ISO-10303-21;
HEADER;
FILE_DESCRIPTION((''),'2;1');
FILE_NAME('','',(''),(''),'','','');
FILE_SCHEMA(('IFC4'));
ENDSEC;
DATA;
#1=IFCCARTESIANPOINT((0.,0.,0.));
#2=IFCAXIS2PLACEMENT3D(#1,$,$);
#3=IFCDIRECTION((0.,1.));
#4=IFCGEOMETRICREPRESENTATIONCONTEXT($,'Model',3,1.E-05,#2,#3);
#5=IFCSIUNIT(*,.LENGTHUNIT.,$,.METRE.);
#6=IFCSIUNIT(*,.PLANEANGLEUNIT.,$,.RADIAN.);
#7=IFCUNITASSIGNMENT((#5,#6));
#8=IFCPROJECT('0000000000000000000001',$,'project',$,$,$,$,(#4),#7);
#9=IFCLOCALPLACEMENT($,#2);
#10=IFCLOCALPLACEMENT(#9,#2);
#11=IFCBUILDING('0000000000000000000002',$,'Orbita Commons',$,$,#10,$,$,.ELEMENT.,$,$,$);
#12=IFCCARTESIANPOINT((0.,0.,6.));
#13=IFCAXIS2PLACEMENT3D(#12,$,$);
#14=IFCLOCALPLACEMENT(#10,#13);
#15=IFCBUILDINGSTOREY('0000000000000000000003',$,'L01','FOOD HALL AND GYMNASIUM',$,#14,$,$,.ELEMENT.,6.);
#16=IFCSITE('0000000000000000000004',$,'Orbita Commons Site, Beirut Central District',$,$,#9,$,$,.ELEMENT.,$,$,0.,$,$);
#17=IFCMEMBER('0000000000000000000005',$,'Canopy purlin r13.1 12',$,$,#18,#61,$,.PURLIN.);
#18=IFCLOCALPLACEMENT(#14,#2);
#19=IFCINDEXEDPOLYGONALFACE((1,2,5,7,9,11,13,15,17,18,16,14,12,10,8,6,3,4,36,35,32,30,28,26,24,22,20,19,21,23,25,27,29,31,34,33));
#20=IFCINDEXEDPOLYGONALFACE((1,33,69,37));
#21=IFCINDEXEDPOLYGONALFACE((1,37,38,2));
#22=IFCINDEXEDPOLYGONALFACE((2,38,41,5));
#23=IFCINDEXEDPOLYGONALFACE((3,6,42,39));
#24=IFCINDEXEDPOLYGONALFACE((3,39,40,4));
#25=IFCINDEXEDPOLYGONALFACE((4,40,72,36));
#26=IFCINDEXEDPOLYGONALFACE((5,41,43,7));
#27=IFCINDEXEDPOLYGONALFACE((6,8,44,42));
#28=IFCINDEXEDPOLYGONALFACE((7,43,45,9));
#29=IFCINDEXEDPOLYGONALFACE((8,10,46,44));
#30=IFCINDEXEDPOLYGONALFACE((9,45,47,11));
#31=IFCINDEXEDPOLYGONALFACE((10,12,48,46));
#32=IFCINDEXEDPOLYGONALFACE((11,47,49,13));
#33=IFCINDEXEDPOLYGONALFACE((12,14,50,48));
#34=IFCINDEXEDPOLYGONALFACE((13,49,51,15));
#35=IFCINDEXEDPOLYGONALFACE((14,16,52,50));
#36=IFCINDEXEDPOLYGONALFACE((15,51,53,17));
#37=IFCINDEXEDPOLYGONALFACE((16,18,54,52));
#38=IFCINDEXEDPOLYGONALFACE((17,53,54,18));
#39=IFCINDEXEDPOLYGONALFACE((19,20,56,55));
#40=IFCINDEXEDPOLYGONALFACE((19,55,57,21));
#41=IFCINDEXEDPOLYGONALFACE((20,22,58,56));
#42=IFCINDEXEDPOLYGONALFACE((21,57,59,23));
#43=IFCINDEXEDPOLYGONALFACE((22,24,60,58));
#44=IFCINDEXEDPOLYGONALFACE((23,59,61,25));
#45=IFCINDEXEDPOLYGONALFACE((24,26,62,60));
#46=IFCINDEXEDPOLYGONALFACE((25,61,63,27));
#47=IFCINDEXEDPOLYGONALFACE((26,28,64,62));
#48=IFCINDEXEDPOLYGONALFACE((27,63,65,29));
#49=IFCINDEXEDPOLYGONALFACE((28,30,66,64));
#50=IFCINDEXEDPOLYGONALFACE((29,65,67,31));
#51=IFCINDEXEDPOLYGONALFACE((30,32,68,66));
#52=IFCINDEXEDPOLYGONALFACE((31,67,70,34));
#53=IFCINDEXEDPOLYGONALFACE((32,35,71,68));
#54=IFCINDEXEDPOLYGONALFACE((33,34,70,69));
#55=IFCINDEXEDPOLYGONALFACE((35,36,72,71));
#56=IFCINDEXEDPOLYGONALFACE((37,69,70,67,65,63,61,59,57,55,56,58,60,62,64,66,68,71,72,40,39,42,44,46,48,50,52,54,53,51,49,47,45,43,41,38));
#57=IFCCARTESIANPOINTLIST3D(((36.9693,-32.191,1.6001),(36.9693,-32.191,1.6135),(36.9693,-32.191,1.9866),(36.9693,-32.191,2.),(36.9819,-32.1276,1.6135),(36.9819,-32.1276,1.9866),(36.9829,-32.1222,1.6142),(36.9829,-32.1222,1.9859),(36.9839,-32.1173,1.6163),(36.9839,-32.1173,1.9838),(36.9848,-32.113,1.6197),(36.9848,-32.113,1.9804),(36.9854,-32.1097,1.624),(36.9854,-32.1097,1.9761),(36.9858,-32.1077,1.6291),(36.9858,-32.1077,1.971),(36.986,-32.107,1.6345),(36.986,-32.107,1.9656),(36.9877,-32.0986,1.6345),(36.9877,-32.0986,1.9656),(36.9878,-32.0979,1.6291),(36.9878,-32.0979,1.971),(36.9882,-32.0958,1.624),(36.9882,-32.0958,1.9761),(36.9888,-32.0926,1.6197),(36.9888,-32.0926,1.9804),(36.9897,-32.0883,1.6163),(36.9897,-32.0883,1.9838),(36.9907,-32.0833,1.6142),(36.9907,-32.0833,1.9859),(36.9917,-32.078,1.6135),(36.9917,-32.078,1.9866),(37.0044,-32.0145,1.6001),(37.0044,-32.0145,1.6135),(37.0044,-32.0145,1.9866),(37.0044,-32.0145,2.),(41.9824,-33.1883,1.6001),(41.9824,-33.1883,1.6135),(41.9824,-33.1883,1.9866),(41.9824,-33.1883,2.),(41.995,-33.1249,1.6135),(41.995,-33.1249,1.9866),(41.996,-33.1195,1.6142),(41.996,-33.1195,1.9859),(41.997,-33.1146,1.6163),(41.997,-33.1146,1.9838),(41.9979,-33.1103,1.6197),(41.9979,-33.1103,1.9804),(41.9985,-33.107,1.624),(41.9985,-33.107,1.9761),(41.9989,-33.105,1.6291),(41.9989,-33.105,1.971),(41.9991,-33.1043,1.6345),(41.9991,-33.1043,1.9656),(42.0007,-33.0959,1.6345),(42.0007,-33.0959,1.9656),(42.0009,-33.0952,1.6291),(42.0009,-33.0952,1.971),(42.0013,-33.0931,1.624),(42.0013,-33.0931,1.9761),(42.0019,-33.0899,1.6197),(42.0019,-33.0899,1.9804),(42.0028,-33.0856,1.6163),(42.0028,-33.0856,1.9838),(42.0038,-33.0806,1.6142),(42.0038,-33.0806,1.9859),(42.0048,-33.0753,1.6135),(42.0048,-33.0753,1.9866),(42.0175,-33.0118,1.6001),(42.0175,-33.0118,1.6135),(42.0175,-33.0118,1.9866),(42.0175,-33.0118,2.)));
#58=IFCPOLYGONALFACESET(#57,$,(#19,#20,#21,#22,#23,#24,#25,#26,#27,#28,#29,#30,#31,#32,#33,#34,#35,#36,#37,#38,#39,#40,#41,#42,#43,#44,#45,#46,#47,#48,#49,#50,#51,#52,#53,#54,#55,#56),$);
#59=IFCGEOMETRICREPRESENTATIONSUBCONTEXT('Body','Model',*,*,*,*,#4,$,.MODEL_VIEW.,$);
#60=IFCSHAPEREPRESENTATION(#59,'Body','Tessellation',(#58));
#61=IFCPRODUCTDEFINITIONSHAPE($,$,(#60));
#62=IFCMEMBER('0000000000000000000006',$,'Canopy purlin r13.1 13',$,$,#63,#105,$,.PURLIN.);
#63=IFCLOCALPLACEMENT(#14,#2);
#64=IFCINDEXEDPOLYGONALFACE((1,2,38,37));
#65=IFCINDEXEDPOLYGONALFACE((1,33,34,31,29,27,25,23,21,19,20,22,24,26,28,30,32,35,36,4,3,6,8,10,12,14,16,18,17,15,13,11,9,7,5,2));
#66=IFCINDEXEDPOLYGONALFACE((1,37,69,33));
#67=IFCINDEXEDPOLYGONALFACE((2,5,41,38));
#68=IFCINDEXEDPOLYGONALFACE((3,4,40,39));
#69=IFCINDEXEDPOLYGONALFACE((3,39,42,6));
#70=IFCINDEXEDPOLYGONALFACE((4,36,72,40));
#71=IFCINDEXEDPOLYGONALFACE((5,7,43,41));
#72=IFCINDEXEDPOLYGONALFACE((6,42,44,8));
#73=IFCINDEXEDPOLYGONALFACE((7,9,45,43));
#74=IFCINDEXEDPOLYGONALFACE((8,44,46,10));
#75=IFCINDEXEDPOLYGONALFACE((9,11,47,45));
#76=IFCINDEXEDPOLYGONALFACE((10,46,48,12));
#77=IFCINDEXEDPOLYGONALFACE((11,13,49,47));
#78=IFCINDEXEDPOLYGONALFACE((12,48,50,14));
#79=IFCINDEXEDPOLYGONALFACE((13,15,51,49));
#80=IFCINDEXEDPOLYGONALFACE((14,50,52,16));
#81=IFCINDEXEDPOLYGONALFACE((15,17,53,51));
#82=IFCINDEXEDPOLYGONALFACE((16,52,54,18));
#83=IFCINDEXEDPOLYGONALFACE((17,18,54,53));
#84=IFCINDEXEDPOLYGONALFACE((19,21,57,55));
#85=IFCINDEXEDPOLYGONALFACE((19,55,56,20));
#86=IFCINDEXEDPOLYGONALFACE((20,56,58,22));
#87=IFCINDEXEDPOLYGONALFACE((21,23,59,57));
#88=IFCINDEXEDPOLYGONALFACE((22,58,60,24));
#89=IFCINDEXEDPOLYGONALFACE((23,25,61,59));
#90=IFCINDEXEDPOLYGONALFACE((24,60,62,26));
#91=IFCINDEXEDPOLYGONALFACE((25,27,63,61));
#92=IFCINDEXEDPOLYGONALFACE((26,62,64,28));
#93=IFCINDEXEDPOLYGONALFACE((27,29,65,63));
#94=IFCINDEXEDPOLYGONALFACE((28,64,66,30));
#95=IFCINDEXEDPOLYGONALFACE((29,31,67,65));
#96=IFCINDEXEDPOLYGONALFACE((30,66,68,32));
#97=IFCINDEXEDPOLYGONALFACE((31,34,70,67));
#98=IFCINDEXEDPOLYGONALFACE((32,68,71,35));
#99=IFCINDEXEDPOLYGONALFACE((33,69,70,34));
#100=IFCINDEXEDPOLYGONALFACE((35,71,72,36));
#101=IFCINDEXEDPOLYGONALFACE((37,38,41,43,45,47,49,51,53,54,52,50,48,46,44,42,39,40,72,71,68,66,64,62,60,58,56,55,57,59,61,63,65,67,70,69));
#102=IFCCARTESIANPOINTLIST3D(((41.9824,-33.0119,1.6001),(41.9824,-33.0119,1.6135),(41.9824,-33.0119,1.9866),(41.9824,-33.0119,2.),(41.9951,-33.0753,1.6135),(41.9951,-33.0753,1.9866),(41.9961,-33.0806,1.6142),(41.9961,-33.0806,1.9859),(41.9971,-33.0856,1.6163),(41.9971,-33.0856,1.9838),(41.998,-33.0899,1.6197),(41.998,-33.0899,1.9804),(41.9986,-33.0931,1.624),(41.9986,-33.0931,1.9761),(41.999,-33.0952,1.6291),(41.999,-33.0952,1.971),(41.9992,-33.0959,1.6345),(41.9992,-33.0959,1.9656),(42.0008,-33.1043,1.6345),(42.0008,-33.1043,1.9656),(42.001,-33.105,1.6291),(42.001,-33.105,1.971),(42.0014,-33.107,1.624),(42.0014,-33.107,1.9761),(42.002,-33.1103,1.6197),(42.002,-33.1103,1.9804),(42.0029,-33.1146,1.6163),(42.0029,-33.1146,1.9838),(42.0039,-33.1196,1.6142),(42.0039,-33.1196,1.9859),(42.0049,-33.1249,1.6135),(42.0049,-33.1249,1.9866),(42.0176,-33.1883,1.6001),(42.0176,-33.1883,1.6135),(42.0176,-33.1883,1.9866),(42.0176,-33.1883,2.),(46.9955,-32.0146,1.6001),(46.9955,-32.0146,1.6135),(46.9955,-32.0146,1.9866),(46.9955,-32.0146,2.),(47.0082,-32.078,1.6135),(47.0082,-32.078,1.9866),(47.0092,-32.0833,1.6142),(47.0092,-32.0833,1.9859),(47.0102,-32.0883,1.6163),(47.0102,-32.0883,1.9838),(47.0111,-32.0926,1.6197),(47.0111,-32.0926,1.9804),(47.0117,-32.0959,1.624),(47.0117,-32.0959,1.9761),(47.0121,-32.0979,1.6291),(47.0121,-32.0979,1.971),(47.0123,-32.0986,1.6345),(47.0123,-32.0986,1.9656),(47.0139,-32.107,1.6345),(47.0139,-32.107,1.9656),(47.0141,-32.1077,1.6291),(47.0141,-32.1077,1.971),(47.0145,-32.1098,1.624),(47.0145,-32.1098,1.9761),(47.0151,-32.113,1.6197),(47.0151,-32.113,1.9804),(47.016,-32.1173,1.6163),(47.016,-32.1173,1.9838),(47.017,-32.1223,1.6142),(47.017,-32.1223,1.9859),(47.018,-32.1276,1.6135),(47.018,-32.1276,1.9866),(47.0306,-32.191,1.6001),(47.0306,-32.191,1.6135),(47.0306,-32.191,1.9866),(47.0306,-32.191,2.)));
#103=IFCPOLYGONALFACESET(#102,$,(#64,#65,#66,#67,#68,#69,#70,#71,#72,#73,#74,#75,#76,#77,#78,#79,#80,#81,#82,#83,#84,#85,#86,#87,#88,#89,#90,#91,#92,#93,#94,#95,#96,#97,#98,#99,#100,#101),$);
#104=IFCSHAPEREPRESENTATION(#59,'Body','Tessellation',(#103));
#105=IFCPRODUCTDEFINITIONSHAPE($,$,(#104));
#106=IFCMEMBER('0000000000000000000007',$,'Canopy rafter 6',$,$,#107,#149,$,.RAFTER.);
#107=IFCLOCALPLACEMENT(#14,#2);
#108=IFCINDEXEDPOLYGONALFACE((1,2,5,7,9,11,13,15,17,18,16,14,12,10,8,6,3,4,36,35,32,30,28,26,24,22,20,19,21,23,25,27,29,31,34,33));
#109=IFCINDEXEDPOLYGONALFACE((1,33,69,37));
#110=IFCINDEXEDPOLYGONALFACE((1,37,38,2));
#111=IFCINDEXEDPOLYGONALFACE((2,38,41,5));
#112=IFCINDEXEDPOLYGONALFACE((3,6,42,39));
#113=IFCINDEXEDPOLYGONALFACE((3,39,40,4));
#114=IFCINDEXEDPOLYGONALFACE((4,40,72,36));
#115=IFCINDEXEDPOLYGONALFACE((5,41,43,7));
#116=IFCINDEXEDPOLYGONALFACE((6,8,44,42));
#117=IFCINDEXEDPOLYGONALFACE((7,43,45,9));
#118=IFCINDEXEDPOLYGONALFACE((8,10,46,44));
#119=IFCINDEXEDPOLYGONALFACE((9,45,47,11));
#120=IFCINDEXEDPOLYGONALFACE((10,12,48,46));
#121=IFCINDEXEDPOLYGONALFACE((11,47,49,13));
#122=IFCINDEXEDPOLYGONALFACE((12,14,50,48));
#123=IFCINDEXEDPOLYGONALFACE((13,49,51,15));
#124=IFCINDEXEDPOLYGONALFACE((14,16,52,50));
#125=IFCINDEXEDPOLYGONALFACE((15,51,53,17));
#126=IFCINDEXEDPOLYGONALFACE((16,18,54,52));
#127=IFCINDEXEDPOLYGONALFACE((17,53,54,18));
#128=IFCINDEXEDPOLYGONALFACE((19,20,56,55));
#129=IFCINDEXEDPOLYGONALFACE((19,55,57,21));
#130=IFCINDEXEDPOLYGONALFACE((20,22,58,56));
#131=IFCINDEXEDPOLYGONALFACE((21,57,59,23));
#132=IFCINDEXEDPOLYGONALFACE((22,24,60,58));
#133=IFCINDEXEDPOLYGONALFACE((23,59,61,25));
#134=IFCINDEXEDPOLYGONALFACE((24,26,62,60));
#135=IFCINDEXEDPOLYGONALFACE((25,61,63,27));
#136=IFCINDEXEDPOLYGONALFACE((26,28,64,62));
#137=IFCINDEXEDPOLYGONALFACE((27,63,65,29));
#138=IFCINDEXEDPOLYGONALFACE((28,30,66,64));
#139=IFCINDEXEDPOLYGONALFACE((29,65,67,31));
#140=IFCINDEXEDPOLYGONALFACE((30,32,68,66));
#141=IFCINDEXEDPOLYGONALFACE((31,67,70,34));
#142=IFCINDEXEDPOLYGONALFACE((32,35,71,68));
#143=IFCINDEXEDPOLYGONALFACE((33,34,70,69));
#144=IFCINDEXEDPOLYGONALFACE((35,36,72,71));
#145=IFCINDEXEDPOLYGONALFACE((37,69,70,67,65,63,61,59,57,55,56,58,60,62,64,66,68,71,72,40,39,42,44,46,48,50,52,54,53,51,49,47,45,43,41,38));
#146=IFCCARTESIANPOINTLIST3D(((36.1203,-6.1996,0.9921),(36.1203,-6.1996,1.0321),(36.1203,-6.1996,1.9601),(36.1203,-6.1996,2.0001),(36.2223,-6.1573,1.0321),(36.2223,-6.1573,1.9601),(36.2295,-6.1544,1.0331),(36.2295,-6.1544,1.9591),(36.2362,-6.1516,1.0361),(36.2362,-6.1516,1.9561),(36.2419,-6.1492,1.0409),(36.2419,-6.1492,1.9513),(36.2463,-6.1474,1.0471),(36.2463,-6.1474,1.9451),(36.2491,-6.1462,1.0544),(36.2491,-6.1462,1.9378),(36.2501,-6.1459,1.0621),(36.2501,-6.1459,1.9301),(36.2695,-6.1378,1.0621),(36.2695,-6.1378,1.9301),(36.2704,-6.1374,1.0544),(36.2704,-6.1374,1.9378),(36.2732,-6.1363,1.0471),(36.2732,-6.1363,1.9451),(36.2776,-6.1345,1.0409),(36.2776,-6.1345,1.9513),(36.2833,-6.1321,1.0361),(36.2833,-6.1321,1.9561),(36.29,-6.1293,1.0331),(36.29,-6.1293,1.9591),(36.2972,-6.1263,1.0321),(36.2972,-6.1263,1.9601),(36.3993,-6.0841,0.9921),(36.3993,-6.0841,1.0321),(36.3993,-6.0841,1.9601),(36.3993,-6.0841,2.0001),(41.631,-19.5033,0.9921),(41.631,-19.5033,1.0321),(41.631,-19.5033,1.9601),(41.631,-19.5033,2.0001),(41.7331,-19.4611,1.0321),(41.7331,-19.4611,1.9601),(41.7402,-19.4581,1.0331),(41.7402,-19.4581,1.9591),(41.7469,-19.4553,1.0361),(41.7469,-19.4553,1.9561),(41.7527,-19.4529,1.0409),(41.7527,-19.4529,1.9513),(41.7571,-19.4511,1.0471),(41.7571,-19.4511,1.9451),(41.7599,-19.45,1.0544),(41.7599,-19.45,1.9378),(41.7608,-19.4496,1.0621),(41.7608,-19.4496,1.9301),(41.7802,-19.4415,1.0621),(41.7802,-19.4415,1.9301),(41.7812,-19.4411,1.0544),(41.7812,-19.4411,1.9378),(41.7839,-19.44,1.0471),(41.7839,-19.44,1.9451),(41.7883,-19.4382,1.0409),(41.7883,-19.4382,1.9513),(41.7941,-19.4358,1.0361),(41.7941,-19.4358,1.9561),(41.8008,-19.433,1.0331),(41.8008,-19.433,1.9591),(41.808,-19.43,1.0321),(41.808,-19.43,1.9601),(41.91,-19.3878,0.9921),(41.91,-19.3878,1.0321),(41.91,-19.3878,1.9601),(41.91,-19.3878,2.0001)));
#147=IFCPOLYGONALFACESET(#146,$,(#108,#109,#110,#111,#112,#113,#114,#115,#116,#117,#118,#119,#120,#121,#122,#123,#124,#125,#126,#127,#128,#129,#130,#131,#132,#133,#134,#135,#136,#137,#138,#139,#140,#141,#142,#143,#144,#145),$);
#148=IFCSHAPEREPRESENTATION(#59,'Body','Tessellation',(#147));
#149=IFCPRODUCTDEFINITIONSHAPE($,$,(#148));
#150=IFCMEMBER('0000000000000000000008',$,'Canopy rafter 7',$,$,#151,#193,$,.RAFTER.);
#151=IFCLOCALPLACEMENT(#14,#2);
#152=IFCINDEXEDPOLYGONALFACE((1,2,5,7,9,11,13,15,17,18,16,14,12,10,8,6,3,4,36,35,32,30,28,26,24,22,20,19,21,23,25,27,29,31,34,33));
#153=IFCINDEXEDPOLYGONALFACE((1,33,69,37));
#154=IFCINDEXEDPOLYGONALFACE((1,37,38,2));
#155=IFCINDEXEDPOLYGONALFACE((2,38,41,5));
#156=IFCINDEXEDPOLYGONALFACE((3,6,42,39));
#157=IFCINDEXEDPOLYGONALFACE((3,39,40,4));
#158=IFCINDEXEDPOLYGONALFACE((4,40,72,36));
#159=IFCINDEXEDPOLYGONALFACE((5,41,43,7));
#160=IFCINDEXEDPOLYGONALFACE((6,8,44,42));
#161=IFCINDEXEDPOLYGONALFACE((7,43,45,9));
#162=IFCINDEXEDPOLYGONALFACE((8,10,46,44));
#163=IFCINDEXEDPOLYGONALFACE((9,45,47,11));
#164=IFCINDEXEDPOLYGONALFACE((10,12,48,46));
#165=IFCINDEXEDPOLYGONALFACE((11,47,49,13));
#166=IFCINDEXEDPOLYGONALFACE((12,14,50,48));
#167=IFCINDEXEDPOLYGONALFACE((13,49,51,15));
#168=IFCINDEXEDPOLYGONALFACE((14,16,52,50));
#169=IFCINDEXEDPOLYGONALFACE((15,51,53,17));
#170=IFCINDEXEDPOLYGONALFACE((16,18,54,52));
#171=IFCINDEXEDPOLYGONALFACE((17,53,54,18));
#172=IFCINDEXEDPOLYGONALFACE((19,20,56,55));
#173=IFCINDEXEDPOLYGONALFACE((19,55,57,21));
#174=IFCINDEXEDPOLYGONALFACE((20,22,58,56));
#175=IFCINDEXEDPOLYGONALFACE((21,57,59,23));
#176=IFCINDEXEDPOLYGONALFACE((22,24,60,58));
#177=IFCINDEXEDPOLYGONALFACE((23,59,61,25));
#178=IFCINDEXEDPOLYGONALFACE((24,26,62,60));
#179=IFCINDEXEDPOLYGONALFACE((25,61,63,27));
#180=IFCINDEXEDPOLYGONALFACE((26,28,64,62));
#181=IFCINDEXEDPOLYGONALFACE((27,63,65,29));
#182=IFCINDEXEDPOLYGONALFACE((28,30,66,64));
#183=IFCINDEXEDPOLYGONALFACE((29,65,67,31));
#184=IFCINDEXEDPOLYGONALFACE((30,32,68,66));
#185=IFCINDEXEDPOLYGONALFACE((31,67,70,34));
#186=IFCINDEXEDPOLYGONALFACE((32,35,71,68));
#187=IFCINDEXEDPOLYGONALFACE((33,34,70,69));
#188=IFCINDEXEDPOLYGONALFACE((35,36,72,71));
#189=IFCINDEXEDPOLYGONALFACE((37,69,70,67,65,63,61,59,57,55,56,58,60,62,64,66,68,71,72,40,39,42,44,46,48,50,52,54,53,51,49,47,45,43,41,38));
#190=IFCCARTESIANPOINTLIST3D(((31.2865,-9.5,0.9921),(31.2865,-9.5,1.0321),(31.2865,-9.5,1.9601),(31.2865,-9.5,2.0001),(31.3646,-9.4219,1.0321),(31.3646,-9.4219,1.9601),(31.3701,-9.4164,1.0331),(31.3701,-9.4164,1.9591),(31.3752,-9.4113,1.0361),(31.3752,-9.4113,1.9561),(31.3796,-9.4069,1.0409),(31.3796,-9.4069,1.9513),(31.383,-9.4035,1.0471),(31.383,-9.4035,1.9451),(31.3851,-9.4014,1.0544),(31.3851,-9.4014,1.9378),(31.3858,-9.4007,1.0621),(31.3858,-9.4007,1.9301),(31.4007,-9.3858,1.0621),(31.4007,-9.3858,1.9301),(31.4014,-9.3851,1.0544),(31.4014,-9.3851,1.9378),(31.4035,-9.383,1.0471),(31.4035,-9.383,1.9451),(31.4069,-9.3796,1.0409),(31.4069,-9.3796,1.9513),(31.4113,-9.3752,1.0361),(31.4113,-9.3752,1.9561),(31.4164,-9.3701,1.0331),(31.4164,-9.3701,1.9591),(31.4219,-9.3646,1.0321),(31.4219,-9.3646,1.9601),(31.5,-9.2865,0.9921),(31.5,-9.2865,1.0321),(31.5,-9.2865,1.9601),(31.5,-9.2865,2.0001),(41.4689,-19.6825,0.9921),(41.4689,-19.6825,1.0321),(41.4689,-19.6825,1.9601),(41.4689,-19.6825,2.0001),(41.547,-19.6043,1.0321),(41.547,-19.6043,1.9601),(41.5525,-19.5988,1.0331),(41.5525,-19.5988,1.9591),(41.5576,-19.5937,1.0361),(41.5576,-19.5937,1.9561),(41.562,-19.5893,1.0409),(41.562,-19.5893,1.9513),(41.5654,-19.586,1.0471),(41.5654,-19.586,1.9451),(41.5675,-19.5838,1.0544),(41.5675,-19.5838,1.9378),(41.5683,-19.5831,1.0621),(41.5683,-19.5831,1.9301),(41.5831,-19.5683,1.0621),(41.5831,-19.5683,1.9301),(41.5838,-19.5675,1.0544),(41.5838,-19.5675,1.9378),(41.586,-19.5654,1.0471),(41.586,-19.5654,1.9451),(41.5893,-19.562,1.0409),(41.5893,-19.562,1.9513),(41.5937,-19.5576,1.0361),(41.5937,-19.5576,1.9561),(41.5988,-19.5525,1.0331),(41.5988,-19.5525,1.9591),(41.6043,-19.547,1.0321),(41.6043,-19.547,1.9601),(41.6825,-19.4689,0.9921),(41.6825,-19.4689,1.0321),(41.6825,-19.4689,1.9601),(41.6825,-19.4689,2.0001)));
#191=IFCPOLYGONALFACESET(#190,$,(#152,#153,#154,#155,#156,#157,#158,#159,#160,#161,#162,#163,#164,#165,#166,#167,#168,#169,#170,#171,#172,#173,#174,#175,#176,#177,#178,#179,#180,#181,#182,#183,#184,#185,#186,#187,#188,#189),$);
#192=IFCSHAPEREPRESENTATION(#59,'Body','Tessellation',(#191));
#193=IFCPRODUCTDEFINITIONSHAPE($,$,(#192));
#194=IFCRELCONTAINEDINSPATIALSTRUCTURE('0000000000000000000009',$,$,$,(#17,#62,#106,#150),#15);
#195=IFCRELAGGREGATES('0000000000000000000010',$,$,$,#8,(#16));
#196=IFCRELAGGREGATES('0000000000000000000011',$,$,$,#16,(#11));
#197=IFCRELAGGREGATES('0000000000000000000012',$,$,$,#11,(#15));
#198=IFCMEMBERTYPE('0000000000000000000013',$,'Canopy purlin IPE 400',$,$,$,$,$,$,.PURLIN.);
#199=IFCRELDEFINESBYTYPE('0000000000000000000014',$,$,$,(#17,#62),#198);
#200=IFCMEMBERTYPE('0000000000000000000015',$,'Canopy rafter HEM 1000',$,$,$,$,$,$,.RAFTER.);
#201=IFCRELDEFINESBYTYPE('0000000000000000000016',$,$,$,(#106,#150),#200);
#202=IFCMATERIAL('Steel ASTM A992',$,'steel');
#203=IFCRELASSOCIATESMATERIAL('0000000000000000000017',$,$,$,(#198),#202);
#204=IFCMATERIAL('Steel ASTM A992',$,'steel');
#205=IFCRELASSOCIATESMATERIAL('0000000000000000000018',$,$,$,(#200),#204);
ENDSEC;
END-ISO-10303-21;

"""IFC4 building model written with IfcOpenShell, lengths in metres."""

from ifc_helpers import new_model, si_unit, direction, frame, origin, origin_2d, place, context, subcontext, project, spatial, i_section, extrude, material, material_profile, profile_set, type_object, element, save


model = new_model("IFC4")

# Units and contexts
model_context = context("Model", 3, precision=1e-05, world=origin(), true_north=direction((0.0, 1.0)))
body_context = subcontext(model_context, "Body", "Model", "MODEL_VIEW")
ifc_project = project(units=[si_unit("LENGTHUNIT", "METRE"), si_unit("PLANEANGLEUNIT", "RADIAN")], contexts=[model_context])

# Site, building, storey
site_placement = place(None, origin())
site = spatial("IfcSite", under=ifc_project, at=site_placement, Name="Orbita Commons Site, Beirut Central District", CompositionType="ELEMENT", RefElevation=0.0)
building_placement = place(site_placement, origin())
building = spatial("IfcBuilding", under=site, at=building_placement, Name="Orbita Commons", CompositionType="ELEMENT")
storey_placement = place(building_placement, frame((0.0, 0.0, 6.0)))
storey = spatial("IfcBuildingStorey", under=building, at=storey_placement, Name="L01", Description="FOOD HALL AND GYMNASIUM", CompositionType="ELEMENT", Elevation=6.0)

# Members
ifc_material_1 = material(Name="Steel ASTM A992", Category="steel")
ifc_material_profile_1 = material_profile(ifc_material_1, i_section(OverallWidth=0.1799, OverallDepth=0.3999, WebThickness=0.0085, FlangeThickness=0.0134, FilletRadius=0.021, at=origin_2d()), Name="IPE 400")
ifc_profile_set_1 = profile_set([ifc_material_profile_1], Name="Steel ASTM A992")
member_type_1 = type_object("IfcMemberType", Name="Canopy purlin IPE 400", PredefinedType="PURLIN", material=ifc_profile_set_1)
for number, where, z_axis, x_axis, name in (
    (1, (36.9868, -32.1028, 1.8), (0.98078, -0.195115, 0.0), (0.195115, 0.98078, 0.0), "Canopy purlin r13.1 12"),
    (2, (42.0, -33.1001, 1.8), (0.98078, 0.195115, 0.0), (-0.195115, 0.98078, 0.0), "Canopy purlin r13.1 13"),
):
    element("IfcMember", number, at=place(storey_placement, frame(where, z_axis=z_axis, x_axis=x_axis)), inside=storey, type_object=member_type_1, Name=name, PredefinedType="PURLIN", context=body_context, shape_type="SweptSolid", body=[
        extrude(i_section(OverallWidth=0.1799, OverallDepth=0.3999, WebThickness=0.0085, FlangeThickness=0.0134, FilletRadius=0.021, at=origin_2d()), origin(), (0.0, 0.0, 1.0), 5.1113),
    ])
ifc_material_2 = material(Name="Steel ASTM A992", Category="steel")
ifc_material_profile_2 = material_profile(ifc_material_2, i_section(OverallWidth=0.302, OverallDepth=1.0081, WebThickness=0.021, FlangeThickness=0.04, FilletRadius=0.03, at=origin_2d()), Name="HEM 1000")
ifc_profile_set_2 = profile_set([ifc_material_profile_2], Name="Steel ASTM A992")
member_type_2 = type_object("IfcMemberType", Name="Canopy rafter HEM 1000", PredefinedType="RAFTER", material=ifc_profile_set_2)
member_1_placement = place(storey_placement, frame((41.7705, -19.4456, 1.4961), z_axis=(-0.382693, 0.923875, 0.0), x_axis=(-0.923875, -0.382693, 0.0)))
element("IfcMember", 3, at=member_1_placement, inside=storey, type_object=member_type_2, Name="Canopy rafter 6", PredefinedType="RAFTER", context=body_context, shape_type="SweptSolid", body=[
    extrude(i_section(OverallWidth=0.302, OverallDepth=1.0081, WebThickness=0.021, FlangeThickness=0.04, FilletRadius=0.03, at=origin_2d()), origin(), (0.0, 0.0, 1.0), 14.3999),
])
member_2_placement = place(storey_placement, frame((41.5757, -19.5757, 1.4961), z_axis=(-0.707107, 0.707107, 0.0), x_axis=(-0.707107, -0.707107, 0.0)))
element("IfcMember", 4, at=member_2_placement, inside=storey, type_object=member_type_2, Name="Canopy rafter 7", PredefinedType="RAFTER", context=body_context, shape_type="SweptSolid", body=[
    extrude(i_section(OverallWidth=0.302, OverallDepth=1.0081, WebThickness=0.021, FlangeThickness=0.04, FilletRadius=0.03, at=origin_2d()), origin(), (0.0, 0.0, 1.0), 14.4001),
])

save(model, "model.ifc")
